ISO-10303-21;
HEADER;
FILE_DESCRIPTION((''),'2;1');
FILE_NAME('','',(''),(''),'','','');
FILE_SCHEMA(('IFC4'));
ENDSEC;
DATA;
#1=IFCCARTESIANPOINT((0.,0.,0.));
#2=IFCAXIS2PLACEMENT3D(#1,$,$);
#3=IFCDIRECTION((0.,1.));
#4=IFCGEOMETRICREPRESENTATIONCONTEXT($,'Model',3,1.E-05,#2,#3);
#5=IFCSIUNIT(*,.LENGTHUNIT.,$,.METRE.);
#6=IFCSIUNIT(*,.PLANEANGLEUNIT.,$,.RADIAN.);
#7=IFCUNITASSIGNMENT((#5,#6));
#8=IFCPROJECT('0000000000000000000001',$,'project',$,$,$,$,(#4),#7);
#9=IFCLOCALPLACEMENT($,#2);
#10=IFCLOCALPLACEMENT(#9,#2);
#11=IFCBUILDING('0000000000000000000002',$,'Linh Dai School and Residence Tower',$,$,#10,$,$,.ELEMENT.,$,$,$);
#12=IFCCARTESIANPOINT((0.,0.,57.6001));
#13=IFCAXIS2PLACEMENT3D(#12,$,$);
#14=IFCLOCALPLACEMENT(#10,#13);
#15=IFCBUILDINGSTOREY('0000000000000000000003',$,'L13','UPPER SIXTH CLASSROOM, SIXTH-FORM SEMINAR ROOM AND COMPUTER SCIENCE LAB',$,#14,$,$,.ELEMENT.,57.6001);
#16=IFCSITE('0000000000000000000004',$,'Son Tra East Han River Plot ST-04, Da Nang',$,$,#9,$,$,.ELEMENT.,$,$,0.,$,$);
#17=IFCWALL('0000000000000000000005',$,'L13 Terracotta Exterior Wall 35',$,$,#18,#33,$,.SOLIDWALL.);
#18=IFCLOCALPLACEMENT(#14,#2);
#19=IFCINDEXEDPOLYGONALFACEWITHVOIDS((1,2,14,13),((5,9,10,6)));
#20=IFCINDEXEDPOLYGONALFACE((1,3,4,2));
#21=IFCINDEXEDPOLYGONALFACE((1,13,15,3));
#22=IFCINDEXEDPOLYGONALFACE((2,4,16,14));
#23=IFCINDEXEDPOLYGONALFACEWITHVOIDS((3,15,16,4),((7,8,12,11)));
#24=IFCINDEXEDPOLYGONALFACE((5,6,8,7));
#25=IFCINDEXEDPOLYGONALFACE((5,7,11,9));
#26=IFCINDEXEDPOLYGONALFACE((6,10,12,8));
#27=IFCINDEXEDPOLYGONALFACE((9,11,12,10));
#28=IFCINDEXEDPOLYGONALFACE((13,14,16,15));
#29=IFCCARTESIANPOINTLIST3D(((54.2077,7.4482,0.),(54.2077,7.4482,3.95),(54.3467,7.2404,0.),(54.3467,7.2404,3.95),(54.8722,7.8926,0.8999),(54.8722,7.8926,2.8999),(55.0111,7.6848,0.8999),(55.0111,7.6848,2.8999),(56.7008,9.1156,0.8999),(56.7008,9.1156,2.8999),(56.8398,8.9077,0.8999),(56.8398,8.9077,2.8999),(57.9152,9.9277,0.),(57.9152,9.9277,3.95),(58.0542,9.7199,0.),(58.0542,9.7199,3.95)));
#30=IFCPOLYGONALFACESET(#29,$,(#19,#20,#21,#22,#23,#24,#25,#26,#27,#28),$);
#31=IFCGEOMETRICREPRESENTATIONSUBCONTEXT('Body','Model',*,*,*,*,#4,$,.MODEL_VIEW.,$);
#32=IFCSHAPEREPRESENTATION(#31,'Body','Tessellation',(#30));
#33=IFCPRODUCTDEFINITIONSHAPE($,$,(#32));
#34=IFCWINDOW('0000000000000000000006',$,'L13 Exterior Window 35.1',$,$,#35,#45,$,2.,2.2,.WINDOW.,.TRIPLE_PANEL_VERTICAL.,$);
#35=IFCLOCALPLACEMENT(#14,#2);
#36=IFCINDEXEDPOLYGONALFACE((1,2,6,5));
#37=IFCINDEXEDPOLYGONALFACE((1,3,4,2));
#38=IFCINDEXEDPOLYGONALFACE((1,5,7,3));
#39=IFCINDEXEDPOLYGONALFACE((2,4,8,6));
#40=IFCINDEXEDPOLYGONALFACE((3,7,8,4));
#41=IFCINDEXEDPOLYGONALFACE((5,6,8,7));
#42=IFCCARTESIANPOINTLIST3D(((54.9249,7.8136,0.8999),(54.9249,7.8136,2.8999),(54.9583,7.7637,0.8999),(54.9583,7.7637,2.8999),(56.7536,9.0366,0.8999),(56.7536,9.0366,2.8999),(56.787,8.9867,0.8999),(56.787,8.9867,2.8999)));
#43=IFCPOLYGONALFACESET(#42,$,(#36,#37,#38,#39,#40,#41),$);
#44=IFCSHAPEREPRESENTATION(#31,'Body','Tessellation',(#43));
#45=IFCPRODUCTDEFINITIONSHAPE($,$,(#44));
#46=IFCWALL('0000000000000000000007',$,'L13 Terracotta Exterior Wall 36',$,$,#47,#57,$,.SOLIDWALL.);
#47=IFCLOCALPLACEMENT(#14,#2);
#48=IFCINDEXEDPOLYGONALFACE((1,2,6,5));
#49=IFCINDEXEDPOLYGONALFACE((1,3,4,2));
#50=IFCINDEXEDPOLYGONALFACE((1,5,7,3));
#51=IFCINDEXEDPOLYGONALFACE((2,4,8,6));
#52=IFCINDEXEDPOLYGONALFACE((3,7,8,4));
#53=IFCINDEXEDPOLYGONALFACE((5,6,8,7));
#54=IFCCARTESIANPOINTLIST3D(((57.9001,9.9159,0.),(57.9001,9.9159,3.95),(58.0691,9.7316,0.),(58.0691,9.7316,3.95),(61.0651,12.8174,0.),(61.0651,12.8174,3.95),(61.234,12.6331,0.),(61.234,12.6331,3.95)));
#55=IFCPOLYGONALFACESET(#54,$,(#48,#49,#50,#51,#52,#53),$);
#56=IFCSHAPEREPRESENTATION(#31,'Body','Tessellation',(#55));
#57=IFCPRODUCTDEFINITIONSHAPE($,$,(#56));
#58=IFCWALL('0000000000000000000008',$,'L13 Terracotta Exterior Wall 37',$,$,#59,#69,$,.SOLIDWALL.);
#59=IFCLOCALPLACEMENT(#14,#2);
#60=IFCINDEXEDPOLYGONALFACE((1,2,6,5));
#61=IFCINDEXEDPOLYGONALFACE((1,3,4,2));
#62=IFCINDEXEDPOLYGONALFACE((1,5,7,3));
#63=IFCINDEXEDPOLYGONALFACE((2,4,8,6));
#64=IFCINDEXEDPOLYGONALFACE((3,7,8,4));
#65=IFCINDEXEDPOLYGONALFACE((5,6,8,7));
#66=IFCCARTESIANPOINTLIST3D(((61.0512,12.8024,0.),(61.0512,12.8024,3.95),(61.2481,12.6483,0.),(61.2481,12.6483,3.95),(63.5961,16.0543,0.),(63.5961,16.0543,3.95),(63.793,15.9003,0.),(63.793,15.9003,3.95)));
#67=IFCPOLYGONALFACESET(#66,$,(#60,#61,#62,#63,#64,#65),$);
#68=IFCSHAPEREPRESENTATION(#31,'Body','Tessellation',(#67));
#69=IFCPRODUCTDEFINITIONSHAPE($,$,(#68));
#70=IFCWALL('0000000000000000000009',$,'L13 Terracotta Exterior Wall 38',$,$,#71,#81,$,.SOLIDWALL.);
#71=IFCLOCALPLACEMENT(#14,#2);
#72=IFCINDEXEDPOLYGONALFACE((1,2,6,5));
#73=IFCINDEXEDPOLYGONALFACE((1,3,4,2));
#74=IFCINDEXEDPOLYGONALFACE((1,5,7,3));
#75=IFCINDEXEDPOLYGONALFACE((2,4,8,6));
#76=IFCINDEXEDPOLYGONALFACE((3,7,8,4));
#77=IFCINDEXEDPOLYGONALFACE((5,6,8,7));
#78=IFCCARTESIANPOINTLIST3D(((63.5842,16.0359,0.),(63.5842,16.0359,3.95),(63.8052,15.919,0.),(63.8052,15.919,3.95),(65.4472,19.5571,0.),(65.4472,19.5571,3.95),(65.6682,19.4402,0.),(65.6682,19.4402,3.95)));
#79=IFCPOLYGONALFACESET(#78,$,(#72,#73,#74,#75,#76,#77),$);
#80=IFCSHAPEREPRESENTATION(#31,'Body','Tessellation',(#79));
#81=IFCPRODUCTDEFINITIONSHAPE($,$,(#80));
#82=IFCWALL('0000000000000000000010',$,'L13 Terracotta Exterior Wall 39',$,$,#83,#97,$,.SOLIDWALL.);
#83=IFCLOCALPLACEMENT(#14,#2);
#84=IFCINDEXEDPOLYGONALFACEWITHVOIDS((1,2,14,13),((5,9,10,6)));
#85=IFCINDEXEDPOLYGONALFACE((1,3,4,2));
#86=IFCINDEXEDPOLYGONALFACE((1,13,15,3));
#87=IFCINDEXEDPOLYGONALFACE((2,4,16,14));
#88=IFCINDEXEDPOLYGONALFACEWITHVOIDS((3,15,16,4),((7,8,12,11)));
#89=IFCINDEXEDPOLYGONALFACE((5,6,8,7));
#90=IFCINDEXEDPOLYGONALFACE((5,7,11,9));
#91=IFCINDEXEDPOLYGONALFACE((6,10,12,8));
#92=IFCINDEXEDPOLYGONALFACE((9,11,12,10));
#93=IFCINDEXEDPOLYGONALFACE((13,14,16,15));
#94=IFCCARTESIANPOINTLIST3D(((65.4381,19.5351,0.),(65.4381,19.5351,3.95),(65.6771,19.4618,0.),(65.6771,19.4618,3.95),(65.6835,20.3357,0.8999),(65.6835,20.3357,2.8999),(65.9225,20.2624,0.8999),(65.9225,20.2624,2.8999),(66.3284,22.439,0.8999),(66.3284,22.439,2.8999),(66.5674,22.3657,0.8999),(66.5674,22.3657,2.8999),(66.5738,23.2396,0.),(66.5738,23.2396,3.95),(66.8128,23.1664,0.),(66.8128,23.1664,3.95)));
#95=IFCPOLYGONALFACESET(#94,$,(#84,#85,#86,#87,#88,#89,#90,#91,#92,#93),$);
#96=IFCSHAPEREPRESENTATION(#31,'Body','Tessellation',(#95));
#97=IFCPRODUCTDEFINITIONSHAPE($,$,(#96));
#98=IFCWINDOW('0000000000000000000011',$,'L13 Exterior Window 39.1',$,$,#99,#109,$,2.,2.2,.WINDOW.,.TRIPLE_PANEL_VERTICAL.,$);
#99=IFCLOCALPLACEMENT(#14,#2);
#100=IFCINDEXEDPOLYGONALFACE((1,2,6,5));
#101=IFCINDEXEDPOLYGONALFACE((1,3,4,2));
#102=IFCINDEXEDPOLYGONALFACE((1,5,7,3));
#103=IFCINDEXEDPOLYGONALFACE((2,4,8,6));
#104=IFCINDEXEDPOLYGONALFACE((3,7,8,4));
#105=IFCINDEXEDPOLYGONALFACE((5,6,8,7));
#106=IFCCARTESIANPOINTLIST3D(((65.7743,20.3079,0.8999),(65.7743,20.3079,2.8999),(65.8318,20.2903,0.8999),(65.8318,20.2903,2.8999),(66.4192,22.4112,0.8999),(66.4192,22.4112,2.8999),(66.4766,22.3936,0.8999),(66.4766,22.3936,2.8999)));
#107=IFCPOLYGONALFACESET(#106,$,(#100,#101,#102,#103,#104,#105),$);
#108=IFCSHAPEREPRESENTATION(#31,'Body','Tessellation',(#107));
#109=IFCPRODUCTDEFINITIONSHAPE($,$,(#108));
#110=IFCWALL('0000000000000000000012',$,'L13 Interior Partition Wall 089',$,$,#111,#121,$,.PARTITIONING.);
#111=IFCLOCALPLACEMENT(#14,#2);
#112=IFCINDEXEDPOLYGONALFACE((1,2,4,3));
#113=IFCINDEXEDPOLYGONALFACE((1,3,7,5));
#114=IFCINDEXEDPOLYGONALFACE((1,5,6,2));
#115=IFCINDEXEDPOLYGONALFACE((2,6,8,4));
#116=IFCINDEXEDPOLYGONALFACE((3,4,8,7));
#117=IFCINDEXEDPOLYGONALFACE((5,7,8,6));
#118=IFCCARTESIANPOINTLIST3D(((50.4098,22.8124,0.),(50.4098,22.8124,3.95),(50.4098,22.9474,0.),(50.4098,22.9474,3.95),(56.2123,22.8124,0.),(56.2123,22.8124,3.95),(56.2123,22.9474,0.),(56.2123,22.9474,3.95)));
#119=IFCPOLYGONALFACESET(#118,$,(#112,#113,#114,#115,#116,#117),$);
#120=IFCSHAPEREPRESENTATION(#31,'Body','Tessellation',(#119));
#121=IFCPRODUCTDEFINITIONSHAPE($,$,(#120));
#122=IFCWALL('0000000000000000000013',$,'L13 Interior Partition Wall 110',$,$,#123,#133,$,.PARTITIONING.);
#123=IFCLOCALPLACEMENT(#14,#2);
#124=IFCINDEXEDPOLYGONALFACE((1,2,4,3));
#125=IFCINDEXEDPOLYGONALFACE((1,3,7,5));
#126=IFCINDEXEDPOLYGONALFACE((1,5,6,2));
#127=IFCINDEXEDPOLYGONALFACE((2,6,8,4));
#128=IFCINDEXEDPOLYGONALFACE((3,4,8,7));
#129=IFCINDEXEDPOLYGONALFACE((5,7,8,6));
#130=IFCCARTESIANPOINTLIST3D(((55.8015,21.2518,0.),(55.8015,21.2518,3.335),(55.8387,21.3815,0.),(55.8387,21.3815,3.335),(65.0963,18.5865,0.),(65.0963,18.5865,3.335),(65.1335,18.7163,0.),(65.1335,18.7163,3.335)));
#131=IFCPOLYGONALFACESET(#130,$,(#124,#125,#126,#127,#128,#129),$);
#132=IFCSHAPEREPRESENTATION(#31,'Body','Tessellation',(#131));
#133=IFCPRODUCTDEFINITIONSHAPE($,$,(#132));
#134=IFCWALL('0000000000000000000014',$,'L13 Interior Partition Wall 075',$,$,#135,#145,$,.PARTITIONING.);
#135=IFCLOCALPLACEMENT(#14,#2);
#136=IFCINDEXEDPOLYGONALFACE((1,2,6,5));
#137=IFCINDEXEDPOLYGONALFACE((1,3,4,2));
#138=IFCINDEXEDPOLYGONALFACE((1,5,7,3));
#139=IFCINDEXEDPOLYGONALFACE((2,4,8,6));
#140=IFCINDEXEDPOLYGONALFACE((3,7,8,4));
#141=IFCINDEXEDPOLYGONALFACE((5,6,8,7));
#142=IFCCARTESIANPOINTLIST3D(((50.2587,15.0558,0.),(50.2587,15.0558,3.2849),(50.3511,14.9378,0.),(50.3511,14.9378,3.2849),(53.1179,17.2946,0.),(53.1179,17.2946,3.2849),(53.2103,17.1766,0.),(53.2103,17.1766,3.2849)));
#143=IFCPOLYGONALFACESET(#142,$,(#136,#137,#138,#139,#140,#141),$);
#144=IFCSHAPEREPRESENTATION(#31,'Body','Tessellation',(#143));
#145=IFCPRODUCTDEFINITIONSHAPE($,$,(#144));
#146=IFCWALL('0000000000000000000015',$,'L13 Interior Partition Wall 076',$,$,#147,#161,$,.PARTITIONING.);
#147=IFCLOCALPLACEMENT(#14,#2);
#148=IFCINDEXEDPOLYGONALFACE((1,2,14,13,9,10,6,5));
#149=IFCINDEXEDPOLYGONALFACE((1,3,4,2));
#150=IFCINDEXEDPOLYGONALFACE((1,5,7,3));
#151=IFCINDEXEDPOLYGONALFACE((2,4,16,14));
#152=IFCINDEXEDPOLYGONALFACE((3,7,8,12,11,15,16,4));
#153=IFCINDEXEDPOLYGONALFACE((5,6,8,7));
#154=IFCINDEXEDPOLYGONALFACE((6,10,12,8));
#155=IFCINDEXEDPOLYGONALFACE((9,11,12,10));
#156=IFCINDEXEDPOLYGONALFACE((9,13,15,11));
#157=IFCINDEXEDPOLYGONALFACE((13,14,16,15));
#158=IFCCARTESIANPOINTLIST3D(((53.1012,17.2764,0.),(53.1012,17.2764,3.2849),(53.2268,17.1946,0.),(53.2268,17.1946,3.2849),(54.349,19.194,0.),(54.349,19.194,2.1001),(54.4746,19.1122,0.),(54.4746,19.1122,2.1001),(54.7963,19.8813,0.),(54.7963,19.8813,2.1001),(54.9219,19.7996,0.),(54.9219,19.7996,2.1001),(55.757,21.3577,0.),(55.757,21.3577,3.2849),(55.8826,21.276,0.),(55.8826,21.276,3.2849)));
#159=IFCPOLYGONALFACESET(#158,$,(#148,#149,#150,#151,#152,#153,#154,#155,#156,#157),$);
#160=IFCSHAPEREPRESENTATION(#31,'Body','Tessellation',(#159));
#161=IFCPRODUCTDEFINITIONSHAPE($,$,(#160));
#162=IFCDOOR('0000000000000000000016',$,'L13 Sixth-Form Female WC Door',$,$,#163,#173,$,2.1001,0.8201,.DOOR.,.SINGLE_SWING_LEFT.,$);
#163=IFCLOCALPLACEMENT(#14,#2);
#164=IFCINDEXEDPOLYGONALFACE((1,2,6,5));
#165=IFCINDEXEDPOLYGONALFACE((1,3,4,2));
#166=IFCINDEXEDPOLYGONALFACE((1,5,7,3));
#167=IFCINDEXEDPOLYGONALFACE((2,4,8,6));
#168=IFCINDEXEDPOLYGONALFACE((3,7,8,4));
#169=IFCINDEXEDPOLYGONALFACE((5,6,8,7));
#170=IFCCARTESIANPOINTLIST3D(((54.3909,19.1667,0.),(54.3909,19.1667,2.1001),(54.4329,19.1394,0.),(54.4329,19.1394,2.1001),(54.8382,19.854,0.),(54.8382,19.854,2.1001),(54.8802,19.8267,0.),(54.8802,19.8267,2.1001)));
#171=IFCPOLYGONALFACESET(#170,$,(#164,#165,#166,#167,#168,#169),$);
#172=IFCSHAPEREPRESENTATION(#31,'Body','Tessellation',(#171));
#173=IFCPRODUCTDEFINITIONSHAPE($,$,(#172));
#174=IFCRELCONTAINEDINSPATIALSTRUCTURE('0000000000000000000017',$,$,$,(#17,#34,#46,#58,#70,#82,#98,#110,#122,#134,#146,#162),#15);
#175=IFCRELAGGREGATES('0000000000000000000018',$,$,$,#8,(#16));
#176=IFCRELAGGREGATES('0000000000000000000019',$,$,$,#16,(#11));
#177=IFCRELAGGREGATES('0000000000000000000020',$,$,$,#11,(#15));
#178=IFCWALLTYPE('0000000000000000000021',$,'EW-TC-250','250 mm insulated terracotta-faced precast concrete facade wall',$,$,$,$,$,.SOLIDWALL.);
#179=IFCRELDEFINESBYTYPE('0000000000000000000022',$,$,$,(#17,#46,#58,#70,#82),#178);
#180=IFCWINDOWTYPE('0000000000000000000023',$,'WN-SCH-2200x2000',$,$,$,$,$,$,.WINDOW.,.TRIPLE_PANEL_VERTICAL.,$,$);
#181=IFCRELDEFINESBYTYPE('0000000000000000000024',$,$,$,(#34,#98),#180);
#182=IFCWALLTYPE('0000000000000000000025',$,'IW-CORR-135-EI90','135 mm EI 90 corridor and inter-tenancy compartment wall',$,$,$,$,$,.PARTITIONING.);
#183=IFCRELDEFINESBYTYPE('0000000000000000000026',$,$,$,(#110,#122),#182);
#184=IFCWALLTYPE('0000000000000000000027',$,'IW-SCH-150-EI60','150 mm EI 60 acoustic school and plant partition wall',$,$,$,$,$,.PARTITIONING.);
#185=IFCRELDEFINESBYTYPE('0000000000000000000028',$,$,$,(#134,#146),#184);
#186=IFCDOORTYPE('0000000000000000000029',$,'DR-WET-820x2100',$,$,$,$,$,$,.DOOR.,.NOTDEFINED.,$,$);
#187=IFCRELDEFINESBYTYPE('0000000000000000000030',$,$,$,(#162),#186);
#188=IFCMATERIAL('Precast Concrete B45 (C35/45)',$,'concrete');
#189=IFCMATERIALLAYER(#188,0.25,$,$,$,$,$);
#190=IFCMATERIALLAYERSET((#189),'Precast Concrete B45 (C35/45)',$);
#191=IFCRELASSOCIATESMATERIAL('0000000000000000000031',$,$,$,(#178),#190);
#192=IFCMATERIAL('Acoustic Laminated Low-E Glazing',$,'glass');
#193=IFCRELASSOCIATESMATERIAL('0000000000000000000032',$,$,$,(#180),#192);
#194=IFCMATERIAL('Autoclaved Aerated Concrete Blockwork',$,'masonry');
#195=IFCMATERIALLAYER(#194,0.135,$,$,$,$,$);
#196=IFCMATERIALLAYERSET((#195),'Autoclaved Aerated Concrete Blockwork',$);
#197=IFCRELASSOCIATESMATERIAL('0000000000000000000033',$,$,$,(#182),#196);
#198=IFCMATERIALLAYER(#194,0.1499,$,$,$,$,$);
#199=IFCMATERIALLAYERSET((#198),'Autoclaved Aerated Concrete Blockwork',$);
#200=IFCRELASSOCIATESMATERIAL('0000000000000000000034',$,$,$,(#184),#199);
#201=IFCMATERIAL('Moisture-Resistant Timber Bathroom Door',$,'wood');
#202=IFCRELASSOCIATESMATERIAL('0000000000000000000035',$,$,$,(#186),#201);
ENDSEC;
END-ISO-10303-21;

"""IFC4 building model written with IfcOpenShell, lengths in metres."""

from ifc_helpers import new_model, si_unit, direction, frame, frame_2d, origin, origin_2d, place, context, subcontext, project, spatial, rectangle, extrude, source, transform, mapped, material, layer, layer_set, type_object, element, fill, save


model = new_model("IFC4")

# Units and contexts
model_context = context("Model", 3, precision=1e-05, world=origin(), true_north=direction((0.0, 1.0)))
body_context = subcontext(model_context, "Body", "Model", "MODEL_VIEW")
ifc_project = project(units=[si_unit("LENGTHUNIT", "METRE"), si_unit("PLANEANGLEUNIT", "RADIAN")], contexts=[model_context])

# Site, building, storey
site_placement = place(None, origin())
site = spatial("IfcSite", under=ifc_project, at=site_placement, Name="Son Tra East Han River Plot ST-04, Da Nang", CompositionType="ELEMENT", RefElevation=0.0)
building_placement = place(site_placement, origin())
building = spatial("IfcBuilding", under=site, at=building_placement, Name="Linh Dai School and Residence Tower", CompositionType="ELEMENT")
storey_placement = place(building_placement, frame((0.0, 0.0, 57.6001)))
storey = spatial("IfcBuildingStorey", under=building, at=storey_placement, Name="L13", Description="UPPER SIXTH CLASSROOM, SIXTH-FORM SEMINAR ROOM AND COMPUTER SCIENCE LAB", CompositionType="ELEMENT", Elevation=57.6001)

# Shared definitions
ifc_material_1 = material(Name="Precast Concrete B45 (C35/45)", Category="concrete")

# Wall, opening, window
ifc_layer_1 = layer(ifc_material_1, 0.25)
ifc_layer_set_1 = layer_set([ifc_layer_1], Name="Precast Concrete B45 (C35/45)")
wall_type_1 = type_object("IfcWallType", Name="EW-TC-250", Description="250 mm insulated terracotta-faced precast concrete facade wall", PredefinedType="SOLIDWALL", material=ifc_layer_set_1)
wall_1_placement = place(storey_placement, frame((57.9846, 9.8237, 0.0), z_axis=(0.0, 0.0, 1.0), x_axis=(-0.831241, -0.555912, 0.0)))
wall_1 = element("IfcWall", 1, at=wall_1_placement, inside=storey, type_object=wall_type_1, Name="L13 Terracotta Exterior Wall 35", PredefinedType="SOLIDWALL", context=body_context, shape_type="SweptSolid", body=[
    extrude(rectangle(XDim=4.4602, YDim=0.25, at=frame_2d((2.23, 0.0))), origin(), (0.0, 0.0, 1.0), 3.95),
])
opening_1_placement = place(wall_1_placement, frame((1.4607, 0.0, 0.8999)))
opening_1 = element("IfcOpeningElement", 2, at=opening_1_placement, cuts=wall_1, PredefinedType="OPENING", context=body_context, shape_type="SweptSolid", body=[
    extrude(rectangle(XDim=2.2, YDim=2.0, at=origin_2d()), frame((1.1001, 0.135, 1.0), z_axis=(0.0, -1.0, 0.0), x_axis=(1.0, 0.0, 0.0)), (0.0, 0.0, 1.0), 0.27),
])
ifc_material_2 = material(Name="Acoustic Laminated Low-E Glazing", Category="glass")
window_type_1 = type_object("IfcWindowType", Name="WN-SCH-2200x2000", PartitioningType="TRIPLE_PANEL_VERTICAL", PredefinedType="WINDOW", material=ifc_material_2)
shared_shape_1 = source(origin(), body_context, "Body", "SweptSolid", [
    extrude(rectangle(XDim=2.2, YDim=2.0, at=origin_2d()), frame((1.1001, 0.03, 1.0), z_axis=(0.0, -1.0, 0.0), x_axis=(1.0, 0.0, 0.0)), (0.0, 0.0, 1.0), 0.0601),
])
window_1_placement = place(opening_1_placement, origin())
window_1 = element("IfcWindow", 3, at=window_1_placement, inside=storey, type_object=window_type_1, Name="L13 Exterior Window 35.1", OverallHeight=2.0, OverallWidth=2.2, PartitioningType="TRIPLE_PANEL_VERTICAL", PredefinedType="WINDOW", context=body_context, shape_type="MappedRepresentation", body=[
    mapped(shared_shape_1, transform((0.0, 0.0, 0.0), x_axis=(1.0, 0.0, 0.0), y_axis=(0.0, 1.0, 0.0), z_axis=(0.0, 0.0, 1.0), scale=1.0)),
])
fill(opening_1, window_1)

# Walls
wall_2_placement = place(storey_placement, frame((61.1497, 12.7253, 0.0), z_axis=(0.0, 0.0, 1.0), x_axis=(-0.737116, -0.675766, 0.0)))
element("IfcWall", 4, at=wall_2_placement, inside=storey, type_object=wall_type_1, Name="L13 Terracotta Exterior Wall 36", PredefinedType="SOLIDWALL", context=body_context, shape_type="SweptSolid", body=[
    extrude(rectangle(XDim=4.2937, YDim=0.25, at=frame_2d((2.147, 0.0))), origin(), (0.0, 0.0, 1.0), 3.95),
])
wall_3_placement = place(storey_placement, frame((63.6946, 15.9773, 0.0), z_axis=(0.0, 0.0, 1.0), x_axis=(-0.616296, -0.787515, 0.0)))
element("IfcWall", 5, at=wall_3_placement, inside=storey, type_object=wall_type_1, Name="L13 Terracotta Exterior Wall 37", PredefinedType="SOLIDWALL", context=body_context, shape_type="SweptSolid", body=[
    extrude(rectangle(XDim=4.1294, YDim=0.25, at=frame_2d((2.0647, 0.0))), origin(), (0.0, 0.0, 1.0), 3.95),
])
wall_4_placement = place(storey_placement, frame((65.5576, 19.4985, 0.0), z_axis=(0.0, 0.0, 1.0), x_axis=(-0.467662, -0.883907, 0.0)))
element("IfcWall", 6, at=wall_4_placement, inside=storey, type_object=wall_type_1, Name="L13 Terracotta Exterior Wall 38", PredefinedType="SOLIDWALL", context=body_context, shape_type="SweptSolid", body=[
    extrude(rectangle(XDim=3.9836, YDim=0.25, at=frame_2d((1.9917, 0.0))), origin(), (0.0, 0.0, 1.0), 3.95),
])

# Wall, opening, window
wall_5_placement = place(storey_placement, frame((66.6934, 23.2031, 0.0), z_axis=(0.0, 0.0, 1.0), x_axis=(-0.293112, -0.956078, 0.0)))
wall_5 = element("IfcWall", 7, at=wall_5_placement, inside=storey, type_object=wall_type_1, Name="L13 Terracotta Exterior Wall 39", PredefinedType="SOLIDWALL", context=body_context, shape_type="SweptSolid", body=[
    extrude(rectangle(XDim=3.8748, YDim=0.25, at=frame_2d((1.9375, 0.0))), origin(), (0.0, 0.0, 1.0), 3.95),
])
opening_2_placement = place(wall_5_placement, frame((0.8374, 0.0, 0.8999)))
opening_2 = element("IfcOpeningElement", 8, at=opening_2_placement, cuts=wall_5, PredefinedType="OPENING", context=body_context, shape_type="SweptSolid", body=[
    extrude(rectangle(XDim=2.2, YDim=2.0, at=origin_2d()), frame((1.1001, 0.135, 1.0), z_axis=(0.0, -1.0, 0.0), x_axis=(1.0, 0.0, 0.0)), (0.0, 0.0, 1.0), 0.27),
])
window_2_placement = place(opening_2_placement, origin())
window_2 = element("IfcWindow", 9, at=window_2_placement, inside=storey, type_object=window_type_1, Name="L13 Exterior Window 39.1", OverallHeight=2.0, OverallWidth=2.2, PartitioningType="TRIPLE_PANEL_VERTICAL", PredefinedType="WINDOW", context=body_context, shape_type="MappedRepresentation", body=[
    mapped(shared_shape_1, transform((0.0, 0.0, 0.0), x_axis=(1.0, 0.0, 0.0), y_axis=(0.0, 1.0, 0.0), z_axis=(0.0, 0.0, 1.0), scale=1.0)),
])
fill(opening_2, window_2)

# Walls
ifc_material_3 = material(Name="Autoclaved Aerated Concrete Blockwork", Category="masonry")
ifc_layer_2 = layer(ifc_material_3, 0.135)
ifc_layer_set_2 = layer_set([ifc_layer_2], Name="Autoclaved Aerated Concrete Blockwork")
wall_type_2 = type_object("IfcWallType", Name="IW-CORR-135-EI90", Description="135 mm EI 90 corridor and inter-tenancy compartment wall", PredefinedType="PARTITIONING", material=ifc_layer_set_2)
wall_6_placement = place(storey_placement, frame((56.2124, 22.8799, 0.0), z_axis=(0.0, 0.0, 1.0), x_axis=(-1.0, 0.0, 0.0)))
element("IfcWall", 10, at=wall_6_placement, inside=storey, type_object=wall_type_2, Name="L13 Interior Partition Wall 089", PredefinedType="PARTITIONING", context=body_context, shape_type="SweptSolid", body=[
    extrude(rectangle(XDim=5.8025, YDim=0.135, at=frame_2d((2.9014, 0.0))), origin(), (0.0, 0.0, 1.0), 3.95),
])
wall_7_placement = place(storey_placement, frame((55.8201, 21.3167, 0.0), z_axis=(0.0, 0.0, 1.0), x_axis=(0.961261, -0.275638, 0.0)))
element("IfcWall", 11, at=wall_7_placement, inside=storey, type_object=wall_type_2, Name="L13 Interior Partition Wall 110", PredefinedType="PARTITIONING", context=body_context, shape_type="SweptSolid", body=[
    extrude(rectangle(XDim=9.6694, YDim=0.135, at=frame_2d((4.8347, 0.0))), origin(), (0.0, 0.0, 1.0), 3.335),
])
ifc_layer_3 = layer(ifc_material_3, 0.1499)
ifc_layer_set_3 = layer_set([ifc_layer_3], Name="Autoclaved Aerated Concrete Blockwork")
wall_type_3 = type_object("IfcWallType", Name="IW-SCH-150-EI60", Description="150 mm EI 60 acoustic school and plant partition wall", PredefinedType="PARTITIONING", material=ifc_layer_set_3)
wall_8_placement = place(storey_placement, frame((50.3049, 14.9968, 0.0), z_axis=(0.0, 0.0, 1.0), x_axis=(0.787346, 0.616511, 0.0)))
element("IfcWall", 12, at=wall_8_placement, inside=storey, type_object=wall_type_3, Name="L13 Interior Partition Wall 075", PredefinedType="PARTITIONING", context=body_context, shape_type="SweptSolid", body=[
    extrude(rectangle(XDim=3.6313, YDim=0.1499, at=frame_2d((1.8157, 0.0))), origin(), (0.0, 0.0, 1.0), 3.2849),
])

# Wall, opening, door
wall_9_placement = place(storey_placement, frame((53.1641, 17.2356, 0.0), z_axis=(0.0, 0.0, 1.0), x_axis=(0.545409, 0.83817, 0.0)))
wall_9 = element("IfcWall", 13, at=wall_9_placement, inside=storey, type_object=wall_type_3, Name="L13 Interior Partition Wall 076", PredefinedType="PARTITIONING", context=body_context, shape_type="SweptSolid", body=[
    extrude(rectangle(XDim=4.8694, YDim=0.1499, at=frame_2d((2.4346, 0.0))), origin(), (0.0, 0.0, 1.0), 3.2849),
])
opening_3_placement = place(wall_9_placement, frame((2.2876, 0.0, 0.0)))
opening_3 = element("IfcOpeningElement", 14, at=opening_3_placement, cuts=wall_9, PredefinedType="OPENING", context=body_context, shape_type="SweptSolid", body=[
    extrude(rectangle(XDim=0.8201, YDim=2.1001, at=origin_2d()), frame((0.4102, 0.085, 1.05), z_axis=(0.0, -1.0, 0.0), x_axis=(1.0, 0.0, 0.0)), (0.0, 0.0, 1.0), 0.1699),
])
ifc_material_4 = material(Name="Moisture-Resistant Timber Bathroom Door", Category="wood")
door_type = type_object("IfcDoorType", Name="DR-WET-820x2100", OperationType="NOTDEFINED", PredefinedType="DOOR", material=ifc_material_4)
shared_shape_2 = source(origin(), body_context, "Body", "SweptSolid", [
    extrude(rectangle(XDim=0.8201, YDim=2.1001, at=origin_2d()), frame((0.4102, 0.0249, 1.05), z_axis=(0.0, -1.0, 0.0), x_axis=(1.0, 0.0, 0.0)), (0.0, 0.0, 1.0), 0.05),
])
door_placement = place(opening_3_placement, origin())
door = element("IfcDoor", 15, at=door_placement, inside=storey, type_object=door_type, Name="L13 Sixth-Form Female WC Door", OperationType="SINGLE_SWING_LEFT", OverallHeight=2.1001, OverallWidth=0.8201, PredefinedType="DOOR", context=body_context, shape_type="MappedRepresentation", body=[
    mapped(shared_shape_2, transform((0.0, 0.0, 0.0), x_axis=(1.0, 0.0, 0.0), y_axis=(0.0, 1.0, 0.0), z_axis=(0.0, 0.0, 1.0), scale=1.0)),
])
fill(opening_3, door)

save(model, "model.ifc")
